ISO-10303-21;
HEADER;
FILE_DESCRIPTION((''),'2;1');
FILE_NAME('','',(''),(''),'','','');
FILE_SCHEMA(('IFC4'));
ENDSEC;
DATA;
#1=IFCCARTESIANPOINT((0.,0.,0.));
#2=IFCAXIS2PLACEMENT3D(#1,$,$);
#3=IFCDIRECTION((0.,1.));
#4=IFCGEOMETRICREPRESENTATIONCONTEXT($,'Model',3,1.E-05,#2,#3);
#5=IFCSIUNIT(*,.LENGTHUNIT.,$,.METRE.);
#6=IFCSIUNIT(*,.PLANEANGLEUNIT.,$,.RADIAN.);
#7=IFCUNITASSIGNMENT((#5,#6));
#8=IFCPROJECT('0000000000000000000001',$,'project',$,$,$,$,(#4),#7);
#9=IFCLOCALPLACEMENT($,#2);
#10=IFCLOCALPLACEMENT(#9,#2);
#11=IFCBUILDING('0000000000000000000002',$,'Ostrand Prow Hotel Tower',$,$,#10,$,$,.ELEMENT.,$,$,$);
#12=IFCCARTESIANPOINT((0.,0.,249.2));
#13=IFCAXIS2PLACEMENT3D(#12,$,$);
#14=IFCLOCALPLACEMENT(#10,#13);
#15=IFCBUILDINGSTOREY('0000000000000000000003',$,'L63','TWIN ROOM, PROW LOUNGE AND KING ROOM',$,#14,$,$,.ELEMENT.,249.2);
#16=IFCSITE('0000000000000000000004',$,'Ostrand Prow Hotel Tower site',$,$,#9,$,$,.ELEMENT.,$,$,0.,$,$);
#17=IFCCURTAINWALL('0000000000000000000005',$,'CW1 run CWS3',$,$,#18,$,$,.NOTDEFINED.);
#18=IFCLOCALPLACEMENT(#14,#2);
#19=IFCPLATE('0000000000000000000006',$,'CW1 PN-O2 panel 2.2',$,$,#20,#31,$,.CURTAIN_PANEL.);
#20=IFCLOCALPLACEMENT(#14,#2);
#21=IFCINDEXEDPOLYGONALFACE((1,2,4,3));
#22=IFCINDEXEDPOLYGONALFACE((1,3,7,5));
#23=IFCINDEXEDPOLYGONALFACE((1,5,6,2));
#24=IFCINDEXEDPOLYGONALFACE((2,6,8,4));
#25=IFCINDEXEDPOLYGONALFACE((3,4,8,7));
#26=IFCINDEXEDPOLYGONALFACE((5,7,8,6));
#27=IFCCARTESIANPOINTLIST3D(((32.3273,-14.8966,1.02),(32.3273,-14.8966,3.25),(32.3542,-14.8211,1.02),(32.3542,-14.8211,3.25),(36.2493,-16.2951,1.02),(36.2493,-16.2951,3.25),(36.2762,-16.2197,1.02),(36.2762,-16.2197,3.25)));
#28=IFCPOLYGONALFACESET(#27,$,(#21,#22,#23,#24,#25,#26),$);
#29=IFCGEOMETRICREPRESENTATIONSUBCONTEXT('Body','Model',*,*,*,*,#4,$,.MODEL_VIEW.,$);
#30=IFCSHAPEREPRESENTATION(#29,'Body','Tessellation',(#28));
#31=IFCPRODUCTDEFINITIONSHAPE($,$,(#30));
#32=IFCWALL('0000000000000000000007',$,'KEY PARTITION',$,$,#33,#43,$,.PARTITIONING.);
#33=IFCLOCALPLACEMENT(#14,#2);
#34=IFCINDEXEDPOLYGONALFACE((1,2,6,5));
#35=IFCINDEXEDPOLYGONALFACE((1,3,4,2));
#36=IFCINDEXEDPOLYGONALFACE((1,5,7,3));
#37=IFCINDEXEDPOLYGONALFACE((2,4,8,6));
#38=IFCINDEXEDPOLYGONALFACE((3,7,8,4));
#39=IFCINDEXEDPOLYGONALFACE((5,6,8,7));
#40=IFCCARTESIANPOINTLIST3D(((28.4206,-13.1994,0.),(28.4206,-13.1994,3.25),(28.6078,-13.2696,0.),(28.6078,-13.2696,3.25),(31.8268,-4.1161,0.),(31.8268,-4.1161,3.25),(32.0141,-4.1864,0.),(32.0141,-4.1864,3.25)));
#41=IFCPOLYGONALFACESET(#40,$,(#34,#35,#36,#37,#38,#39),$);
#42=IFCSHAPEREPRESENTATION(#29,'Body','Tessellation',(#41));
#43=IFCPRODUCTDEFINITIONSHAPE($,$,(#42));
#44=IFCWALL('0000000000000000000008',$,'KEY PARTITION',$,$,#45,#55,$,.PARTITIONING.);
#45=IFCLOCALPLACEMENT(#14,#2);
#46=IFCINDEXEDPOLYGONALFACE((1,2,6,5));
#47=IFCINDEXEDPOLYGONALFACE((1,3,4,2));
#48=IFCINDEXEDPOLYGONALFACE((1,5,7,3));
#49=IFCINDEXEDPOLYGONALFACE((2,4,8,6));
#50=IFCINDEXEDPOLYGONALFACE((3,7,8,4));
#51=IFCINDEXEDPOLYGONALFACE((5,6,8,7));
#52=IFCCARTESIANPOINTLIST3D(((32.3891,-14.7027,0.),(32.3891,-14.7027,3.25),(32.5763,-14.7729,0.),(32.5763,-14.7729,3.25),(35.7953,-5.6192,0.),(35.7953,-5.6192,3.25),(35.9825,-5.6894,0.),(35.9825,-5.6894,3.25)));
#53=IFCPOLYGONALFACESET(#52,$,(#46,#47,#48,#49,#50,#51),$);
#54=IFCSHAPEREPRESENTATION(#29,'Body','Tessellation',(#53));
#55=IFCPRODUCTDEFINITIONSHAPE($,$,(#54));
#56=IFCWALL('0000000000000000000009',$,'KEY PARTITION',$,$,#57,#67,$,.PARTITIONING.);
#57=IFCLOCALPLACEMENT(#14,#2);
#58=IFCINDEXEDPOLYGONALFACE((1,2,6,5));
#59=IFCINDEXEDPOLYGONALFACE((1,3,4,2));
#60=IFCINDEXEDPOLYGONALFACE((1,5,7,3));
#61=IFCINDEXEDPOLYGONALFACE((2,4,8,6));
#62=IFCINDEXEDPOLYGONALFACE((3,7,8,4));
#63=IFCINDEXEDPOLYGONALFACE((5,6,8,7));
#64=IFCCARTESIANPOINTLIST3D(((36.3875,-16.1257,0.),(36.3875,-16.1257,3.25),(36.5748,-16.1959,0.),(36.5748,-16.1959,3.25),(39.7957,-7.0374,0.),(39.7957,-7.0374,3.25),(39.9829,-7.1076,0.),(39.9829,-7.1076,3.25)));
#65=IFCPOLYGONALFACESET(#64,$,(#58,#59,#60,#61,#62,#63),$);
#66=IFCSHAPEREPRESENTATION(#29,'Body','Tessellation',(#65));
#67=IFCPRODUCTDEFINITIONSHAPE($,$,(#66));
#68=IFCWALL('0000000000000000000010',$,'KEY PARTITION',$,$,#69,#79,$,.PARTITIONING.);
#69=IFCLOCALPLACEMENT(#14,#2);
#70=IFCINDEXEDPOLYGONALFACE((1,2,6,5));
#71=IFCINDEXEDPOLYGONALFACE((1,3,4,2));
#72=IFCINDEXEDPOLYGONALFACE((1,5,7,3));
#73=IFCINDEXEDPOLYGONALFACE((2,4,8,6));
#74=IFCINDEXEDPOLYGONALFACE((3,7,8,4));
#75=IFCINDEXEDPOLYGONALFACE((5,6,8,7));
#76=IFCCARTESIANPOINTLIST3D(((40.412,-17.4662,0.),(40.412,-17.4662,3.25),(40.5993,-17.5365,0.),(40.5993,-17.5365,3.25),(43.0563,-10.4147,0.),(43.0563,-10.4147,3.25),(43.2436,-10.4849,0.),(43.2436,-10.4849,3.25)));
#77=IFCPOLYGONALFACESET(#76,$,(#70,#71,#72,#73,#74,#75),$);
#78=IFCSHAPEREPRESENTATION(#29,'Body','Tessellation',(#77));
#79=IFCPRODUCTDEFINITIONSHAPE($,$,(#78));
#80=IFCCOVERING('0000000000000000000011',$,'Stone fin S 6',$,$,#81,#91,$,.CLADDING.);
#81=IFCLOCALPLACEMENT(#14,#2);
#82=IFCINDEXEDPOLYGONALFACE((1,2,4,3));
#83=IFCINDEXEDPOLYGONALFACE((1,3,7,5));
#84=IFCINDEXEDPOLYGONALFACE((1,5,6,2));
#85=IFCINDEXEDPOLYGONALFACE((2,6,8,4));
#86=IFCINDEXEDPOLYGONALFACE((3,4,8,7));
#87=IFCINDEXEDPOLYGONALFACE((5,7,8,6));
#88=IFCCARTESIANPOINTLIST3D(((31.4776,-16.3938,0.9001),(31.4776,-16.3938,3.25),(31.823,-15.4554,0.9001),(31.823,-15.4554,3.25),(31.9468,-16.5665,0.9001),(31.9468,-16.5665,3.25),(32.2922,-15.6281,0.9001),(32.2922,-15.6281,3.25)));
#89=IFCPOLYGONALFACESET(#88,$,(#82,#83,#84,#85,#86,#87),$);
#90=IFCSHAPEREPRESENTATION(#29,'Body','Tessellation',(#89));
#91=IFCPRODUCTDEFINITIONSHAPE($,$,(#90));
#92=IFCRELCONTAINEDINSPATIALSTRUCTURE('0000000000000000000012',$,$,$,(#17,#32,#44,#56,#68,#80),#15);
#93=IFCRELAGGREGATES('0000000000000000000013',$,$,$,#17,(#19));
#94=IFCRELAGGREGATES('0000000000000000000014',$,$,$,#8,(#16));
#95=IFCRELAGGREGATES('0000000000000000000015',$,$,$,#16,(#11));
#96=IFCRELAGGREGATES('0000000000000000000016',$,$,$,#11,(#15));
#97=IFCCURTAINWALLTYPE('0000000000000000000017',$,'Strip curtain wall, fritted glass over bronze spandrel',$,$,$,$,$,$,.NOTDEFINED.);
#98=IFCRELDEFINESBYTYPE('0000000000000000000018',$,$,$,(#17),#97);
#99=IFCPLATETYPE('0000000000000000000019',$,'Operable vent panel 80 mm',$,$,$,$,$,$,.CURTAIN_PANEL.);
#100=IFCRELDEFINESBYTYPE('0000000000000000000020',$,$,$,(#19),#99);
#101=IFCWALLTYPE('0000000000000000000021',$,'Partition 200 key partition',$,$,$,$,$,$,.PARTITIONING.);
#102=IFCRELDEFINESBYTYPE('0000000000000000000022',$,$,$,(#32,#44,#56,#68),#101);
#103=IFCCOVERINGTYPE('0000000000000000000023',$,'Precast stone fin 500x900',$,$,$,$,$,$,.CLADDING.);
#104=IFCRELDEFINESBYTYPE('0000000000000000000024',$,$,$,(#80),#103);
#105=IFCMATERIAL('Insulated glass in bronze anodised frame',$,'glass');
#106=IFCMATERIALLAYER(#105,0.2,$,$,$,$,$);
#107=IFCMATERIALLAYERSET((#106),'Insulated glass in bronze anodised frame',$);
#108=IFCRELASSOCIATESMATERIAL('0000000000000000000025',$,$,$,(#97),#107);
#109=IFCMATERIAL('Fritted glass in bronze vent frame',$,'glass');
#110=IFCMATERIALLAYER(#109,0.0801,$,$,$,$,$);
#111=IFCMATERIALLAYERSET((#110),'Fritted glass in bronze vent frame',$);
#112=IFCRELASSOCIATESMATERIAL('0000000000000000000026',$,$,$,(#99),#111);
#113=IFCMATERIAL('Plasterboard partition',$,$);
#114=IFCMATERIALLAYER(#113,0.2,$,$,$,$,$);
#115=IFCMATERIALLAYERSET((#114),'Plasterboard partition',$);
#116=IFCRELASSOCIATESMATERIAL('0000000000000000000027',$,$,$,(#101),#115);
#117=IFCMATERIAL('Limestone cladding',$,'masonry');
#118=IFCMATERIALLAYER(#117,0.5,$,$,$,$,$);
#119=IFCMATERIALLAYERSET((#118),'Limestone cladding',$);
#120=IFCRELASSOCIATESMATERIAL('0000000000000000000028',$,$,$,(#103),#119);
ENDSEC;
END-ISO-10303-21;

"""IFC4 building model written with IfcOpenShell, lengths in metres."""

from ifc_helpers import new_model, si_unit, direction, frame, frame_2d, origin, origin_2d, place, context, subcontext, project, spatial, rectangle, extrude, material, layer, layer_set, type_object, element, aggregate, save


model = new_model("IFC4")

# Units and contexts
model_context = context("Model", 3, precision=1e-05, world=origin(), true_north=direction((0.0, 1.0)))
body_context = subcontext(model_context, "Body", "Model", "MODEL_VIEW")
ifc_project = project(units=[si_unit("LENGTHUNIT", "METRE"), si_unit("PLANEANGLEUNIT", "RADIAN")], contexts=[model_context])

# Site, building, storey
site_placement = place(None, origin())
site = spatial("IfcSite", under=ifc_project, at=site_placement, Name="Ostrand Prow Hotel Tower site", CompositionType="ELEMENT", RefElevation=0.0)
building_placement = place(site_placement, origin())
building = spatial("IfcBuilding", under=site, at=building_placement, Name="Ostrand Prow Hotel Tower", CompositionType="ELEMENT")
storey_placement = place(building_placement, frame((0.0, 0.0, 249.2)))
storey = spatial("IfcBuildingStorey", under=building, at=storey_placement, Name="L63", Description="TWIN ROOM, PROW LOUNGE AND KING ROOM", CompositionType="ELEMENT", Elevation=249.2)

# Shared definitions
ifc_material_1 = material(Name="Insulated glass in bronze anodised frame", Category="glass")
ifc_layer_1 = layer(ifc_material_1, 0.2)
ifc_layer_set_1 = layer_set([ifc_layer_1], Name="Insulated glass in bronze anodised frame")
curtain_wall_type = type_object("IfcCurtainWallType", Name="Strip curtain wall, fritted glass over bronze spandrel", PredefinedType="NOTDEFINED", material=ifc_layer_set_1)

# Curtain wall
curtain_wall_1_placement = place(storey_placement, origin())
curtain_wall_1 = element("IfcCurtainWall", 1, at=curtain_wall_1_placement, inside=storey, type_object=curtain_wall_type, Name="CW1 run CWS3", PredefinedType="NOTDEFINED")

# Plate
ifc_material_2 = material(Name="Fritted glass in bronze vent frame", Category="glass")
ifc_layer_2 = layer(ifc_material_2, 0.0801)
ifc_layer_set_2 = layer_set([ifc_layer_2], Name="Fritted glass in bronze vent frame")
plate_type_1 = type_object("IfcPlateType", Name="Operable vent panel 80 mm", PredefinedType="CURTAIN_PANEL", material=ifc_layer_set_2)
plate_1_placement = place(storey_placement, frame((34.3018, -15.5581, 1.02), z_axis=(0.0, 0.0, 1.0), x_axis=(0.941906, -0.335877, 0.0)))
plate_1 = element("IfcPlate", 2, at=plate_1_placement, type_object=plate_type_1, Name="CW1 PN-O2 panel 2.2", PredefinedType="CURTAIN_PANEL", context=body_context, shape_type="SweptSolid", body=[
    extrude(rectangle(XDim=4.1638, YDim=0.0801, at=origin_2d()), origin(), (0.0, 0.0, 1.0), 2.23),
])
aggregate(curtain_wall_1, [plate_1])

# Walls
ifc_material_3 = material(Name="Plasterboard partition")
ifc_layer_3 = layer(ifc_material_3, 0.2)
ifc_layer_set_3 = layer_set([ifc_layer_3], Name="Plasterboard partition")
wall_type = type_object("IfcWallType", Name="Partition 200 key partition", PredefinedType="PARTITIONING", material=ifc_layer_set_3)
wall_1_placement = place(storey_placement, frame((28.5142, -13.2346, 0.0), z_axis=(0.0, 0.0, 1.0), x_axis=(0.351126, 0.936328, 0.0)))
element("IfcWall", 3, at=wall_1_placement, inside=storey, type_object=wall_type, Name="KEY PARTITION", PredefinedType="PARTITIONING", context=body_context, shape_type="SweptSolid", body=[
    extrude(rectangle(XDim=9.7009, YDim=0.2, at=frame_2d((4.8506, 0.0))), origin(), (0.0, 0.0, 1.0), 3.25),
])
wall_2_placement = place(storey_placement, frame((32.4827, -14.7378, 0.0), z_axis=(0.0, 0.0, 1.0), x_axis=(0.351118, 0.936331, 0.0)))
element("IfcWall", 4, at=wall_2_placement, inside=storey, type_object=wall_type, Name="KEY PARTITION", PredefinedType="PARTITIONING", context=body_context, shape_type="SweptSolid", body=[
    extrude(rectangle(XDim=9.7012, YDim=0.2, at=frame_2d((4.8506, 0.0))), origin(), (0.0, 0.0, 1.0), 3.25),
])
wall_3_placement = place(storey_placement, frame((36.4812, -16.1606, 0.0), z_axis=(0.0, 0.0, 1.0), x_axis=(0.351129, 0.936327, 0.0)))
element("IfcWall", 5, at=wall_3_placement, inside=storey, type_object=wall_type, Name="KEY PARTITION", PredefinedType="PARTITIONING", context=body_context, shape_type="SweptSolid", body=[
    extrude(rectangle(XDim=9.7063, YDim=0.2, at=frame_2d((4.853, 0.0))), origin(), (0.0, 0.0, 1.0), 3.25),
])
wall_4_placement = place(storey_placement, frame((40.5056, -17.5015, 0.0), z_axis=(0.0, 0.0, 1.0), x_axis=(0.35112, 0.936331, 0.0)))
element("IfcWall", 6, at=wall_4_placement, inside=storey, type_object=wall_type, Name="KEY PARTITION", PredefinedType="PARTITIONING", context=body_context, shape_type="SweptSolid", body=[
    extrude(rectangle(XDim=7.531, YDim=0.2, at=frame_2d((3.7656, 0.0))), origin(), (0.0, 0.0, 1.0), 3.25),
])

# Covering
ifc_material_4 = material(Name="Limestone cladding", Category="masonry")
ifc_layer_4 = layer(ifc_material_4, 0.5)
ifc_layer_set_4 = layer_set([ifc_layer_4], Name="Limestone cladding")
covering_type = type_object("IfcCoveringType", Name="Precast stone fin 500x900", PredefinedType="CLADDING", material=ifc_layer_set_4)
covering_placement = place(storey_placement, frame((32.0576, -15.5417, 0.9001), z_axis=(0.0, 0.0, 1.0), x_axis=(-0.345445, -0.938439, 0.0)))
element("IfcCovering", 7, at=covering_placement, inside=storey, type_object=covering_type, Name="Stone fin S 6", PredefinedType="CLADDING", context=body_context, shape_type="SweptSolid", body=[
    extrude(rectangle(XDim=1.0, YDim=0.5, at=frame_2d((0.5, 0.0))), origin(), (0.0, 0.0, 1.0), 2.3499),
])

save(model, "model.ifc")
